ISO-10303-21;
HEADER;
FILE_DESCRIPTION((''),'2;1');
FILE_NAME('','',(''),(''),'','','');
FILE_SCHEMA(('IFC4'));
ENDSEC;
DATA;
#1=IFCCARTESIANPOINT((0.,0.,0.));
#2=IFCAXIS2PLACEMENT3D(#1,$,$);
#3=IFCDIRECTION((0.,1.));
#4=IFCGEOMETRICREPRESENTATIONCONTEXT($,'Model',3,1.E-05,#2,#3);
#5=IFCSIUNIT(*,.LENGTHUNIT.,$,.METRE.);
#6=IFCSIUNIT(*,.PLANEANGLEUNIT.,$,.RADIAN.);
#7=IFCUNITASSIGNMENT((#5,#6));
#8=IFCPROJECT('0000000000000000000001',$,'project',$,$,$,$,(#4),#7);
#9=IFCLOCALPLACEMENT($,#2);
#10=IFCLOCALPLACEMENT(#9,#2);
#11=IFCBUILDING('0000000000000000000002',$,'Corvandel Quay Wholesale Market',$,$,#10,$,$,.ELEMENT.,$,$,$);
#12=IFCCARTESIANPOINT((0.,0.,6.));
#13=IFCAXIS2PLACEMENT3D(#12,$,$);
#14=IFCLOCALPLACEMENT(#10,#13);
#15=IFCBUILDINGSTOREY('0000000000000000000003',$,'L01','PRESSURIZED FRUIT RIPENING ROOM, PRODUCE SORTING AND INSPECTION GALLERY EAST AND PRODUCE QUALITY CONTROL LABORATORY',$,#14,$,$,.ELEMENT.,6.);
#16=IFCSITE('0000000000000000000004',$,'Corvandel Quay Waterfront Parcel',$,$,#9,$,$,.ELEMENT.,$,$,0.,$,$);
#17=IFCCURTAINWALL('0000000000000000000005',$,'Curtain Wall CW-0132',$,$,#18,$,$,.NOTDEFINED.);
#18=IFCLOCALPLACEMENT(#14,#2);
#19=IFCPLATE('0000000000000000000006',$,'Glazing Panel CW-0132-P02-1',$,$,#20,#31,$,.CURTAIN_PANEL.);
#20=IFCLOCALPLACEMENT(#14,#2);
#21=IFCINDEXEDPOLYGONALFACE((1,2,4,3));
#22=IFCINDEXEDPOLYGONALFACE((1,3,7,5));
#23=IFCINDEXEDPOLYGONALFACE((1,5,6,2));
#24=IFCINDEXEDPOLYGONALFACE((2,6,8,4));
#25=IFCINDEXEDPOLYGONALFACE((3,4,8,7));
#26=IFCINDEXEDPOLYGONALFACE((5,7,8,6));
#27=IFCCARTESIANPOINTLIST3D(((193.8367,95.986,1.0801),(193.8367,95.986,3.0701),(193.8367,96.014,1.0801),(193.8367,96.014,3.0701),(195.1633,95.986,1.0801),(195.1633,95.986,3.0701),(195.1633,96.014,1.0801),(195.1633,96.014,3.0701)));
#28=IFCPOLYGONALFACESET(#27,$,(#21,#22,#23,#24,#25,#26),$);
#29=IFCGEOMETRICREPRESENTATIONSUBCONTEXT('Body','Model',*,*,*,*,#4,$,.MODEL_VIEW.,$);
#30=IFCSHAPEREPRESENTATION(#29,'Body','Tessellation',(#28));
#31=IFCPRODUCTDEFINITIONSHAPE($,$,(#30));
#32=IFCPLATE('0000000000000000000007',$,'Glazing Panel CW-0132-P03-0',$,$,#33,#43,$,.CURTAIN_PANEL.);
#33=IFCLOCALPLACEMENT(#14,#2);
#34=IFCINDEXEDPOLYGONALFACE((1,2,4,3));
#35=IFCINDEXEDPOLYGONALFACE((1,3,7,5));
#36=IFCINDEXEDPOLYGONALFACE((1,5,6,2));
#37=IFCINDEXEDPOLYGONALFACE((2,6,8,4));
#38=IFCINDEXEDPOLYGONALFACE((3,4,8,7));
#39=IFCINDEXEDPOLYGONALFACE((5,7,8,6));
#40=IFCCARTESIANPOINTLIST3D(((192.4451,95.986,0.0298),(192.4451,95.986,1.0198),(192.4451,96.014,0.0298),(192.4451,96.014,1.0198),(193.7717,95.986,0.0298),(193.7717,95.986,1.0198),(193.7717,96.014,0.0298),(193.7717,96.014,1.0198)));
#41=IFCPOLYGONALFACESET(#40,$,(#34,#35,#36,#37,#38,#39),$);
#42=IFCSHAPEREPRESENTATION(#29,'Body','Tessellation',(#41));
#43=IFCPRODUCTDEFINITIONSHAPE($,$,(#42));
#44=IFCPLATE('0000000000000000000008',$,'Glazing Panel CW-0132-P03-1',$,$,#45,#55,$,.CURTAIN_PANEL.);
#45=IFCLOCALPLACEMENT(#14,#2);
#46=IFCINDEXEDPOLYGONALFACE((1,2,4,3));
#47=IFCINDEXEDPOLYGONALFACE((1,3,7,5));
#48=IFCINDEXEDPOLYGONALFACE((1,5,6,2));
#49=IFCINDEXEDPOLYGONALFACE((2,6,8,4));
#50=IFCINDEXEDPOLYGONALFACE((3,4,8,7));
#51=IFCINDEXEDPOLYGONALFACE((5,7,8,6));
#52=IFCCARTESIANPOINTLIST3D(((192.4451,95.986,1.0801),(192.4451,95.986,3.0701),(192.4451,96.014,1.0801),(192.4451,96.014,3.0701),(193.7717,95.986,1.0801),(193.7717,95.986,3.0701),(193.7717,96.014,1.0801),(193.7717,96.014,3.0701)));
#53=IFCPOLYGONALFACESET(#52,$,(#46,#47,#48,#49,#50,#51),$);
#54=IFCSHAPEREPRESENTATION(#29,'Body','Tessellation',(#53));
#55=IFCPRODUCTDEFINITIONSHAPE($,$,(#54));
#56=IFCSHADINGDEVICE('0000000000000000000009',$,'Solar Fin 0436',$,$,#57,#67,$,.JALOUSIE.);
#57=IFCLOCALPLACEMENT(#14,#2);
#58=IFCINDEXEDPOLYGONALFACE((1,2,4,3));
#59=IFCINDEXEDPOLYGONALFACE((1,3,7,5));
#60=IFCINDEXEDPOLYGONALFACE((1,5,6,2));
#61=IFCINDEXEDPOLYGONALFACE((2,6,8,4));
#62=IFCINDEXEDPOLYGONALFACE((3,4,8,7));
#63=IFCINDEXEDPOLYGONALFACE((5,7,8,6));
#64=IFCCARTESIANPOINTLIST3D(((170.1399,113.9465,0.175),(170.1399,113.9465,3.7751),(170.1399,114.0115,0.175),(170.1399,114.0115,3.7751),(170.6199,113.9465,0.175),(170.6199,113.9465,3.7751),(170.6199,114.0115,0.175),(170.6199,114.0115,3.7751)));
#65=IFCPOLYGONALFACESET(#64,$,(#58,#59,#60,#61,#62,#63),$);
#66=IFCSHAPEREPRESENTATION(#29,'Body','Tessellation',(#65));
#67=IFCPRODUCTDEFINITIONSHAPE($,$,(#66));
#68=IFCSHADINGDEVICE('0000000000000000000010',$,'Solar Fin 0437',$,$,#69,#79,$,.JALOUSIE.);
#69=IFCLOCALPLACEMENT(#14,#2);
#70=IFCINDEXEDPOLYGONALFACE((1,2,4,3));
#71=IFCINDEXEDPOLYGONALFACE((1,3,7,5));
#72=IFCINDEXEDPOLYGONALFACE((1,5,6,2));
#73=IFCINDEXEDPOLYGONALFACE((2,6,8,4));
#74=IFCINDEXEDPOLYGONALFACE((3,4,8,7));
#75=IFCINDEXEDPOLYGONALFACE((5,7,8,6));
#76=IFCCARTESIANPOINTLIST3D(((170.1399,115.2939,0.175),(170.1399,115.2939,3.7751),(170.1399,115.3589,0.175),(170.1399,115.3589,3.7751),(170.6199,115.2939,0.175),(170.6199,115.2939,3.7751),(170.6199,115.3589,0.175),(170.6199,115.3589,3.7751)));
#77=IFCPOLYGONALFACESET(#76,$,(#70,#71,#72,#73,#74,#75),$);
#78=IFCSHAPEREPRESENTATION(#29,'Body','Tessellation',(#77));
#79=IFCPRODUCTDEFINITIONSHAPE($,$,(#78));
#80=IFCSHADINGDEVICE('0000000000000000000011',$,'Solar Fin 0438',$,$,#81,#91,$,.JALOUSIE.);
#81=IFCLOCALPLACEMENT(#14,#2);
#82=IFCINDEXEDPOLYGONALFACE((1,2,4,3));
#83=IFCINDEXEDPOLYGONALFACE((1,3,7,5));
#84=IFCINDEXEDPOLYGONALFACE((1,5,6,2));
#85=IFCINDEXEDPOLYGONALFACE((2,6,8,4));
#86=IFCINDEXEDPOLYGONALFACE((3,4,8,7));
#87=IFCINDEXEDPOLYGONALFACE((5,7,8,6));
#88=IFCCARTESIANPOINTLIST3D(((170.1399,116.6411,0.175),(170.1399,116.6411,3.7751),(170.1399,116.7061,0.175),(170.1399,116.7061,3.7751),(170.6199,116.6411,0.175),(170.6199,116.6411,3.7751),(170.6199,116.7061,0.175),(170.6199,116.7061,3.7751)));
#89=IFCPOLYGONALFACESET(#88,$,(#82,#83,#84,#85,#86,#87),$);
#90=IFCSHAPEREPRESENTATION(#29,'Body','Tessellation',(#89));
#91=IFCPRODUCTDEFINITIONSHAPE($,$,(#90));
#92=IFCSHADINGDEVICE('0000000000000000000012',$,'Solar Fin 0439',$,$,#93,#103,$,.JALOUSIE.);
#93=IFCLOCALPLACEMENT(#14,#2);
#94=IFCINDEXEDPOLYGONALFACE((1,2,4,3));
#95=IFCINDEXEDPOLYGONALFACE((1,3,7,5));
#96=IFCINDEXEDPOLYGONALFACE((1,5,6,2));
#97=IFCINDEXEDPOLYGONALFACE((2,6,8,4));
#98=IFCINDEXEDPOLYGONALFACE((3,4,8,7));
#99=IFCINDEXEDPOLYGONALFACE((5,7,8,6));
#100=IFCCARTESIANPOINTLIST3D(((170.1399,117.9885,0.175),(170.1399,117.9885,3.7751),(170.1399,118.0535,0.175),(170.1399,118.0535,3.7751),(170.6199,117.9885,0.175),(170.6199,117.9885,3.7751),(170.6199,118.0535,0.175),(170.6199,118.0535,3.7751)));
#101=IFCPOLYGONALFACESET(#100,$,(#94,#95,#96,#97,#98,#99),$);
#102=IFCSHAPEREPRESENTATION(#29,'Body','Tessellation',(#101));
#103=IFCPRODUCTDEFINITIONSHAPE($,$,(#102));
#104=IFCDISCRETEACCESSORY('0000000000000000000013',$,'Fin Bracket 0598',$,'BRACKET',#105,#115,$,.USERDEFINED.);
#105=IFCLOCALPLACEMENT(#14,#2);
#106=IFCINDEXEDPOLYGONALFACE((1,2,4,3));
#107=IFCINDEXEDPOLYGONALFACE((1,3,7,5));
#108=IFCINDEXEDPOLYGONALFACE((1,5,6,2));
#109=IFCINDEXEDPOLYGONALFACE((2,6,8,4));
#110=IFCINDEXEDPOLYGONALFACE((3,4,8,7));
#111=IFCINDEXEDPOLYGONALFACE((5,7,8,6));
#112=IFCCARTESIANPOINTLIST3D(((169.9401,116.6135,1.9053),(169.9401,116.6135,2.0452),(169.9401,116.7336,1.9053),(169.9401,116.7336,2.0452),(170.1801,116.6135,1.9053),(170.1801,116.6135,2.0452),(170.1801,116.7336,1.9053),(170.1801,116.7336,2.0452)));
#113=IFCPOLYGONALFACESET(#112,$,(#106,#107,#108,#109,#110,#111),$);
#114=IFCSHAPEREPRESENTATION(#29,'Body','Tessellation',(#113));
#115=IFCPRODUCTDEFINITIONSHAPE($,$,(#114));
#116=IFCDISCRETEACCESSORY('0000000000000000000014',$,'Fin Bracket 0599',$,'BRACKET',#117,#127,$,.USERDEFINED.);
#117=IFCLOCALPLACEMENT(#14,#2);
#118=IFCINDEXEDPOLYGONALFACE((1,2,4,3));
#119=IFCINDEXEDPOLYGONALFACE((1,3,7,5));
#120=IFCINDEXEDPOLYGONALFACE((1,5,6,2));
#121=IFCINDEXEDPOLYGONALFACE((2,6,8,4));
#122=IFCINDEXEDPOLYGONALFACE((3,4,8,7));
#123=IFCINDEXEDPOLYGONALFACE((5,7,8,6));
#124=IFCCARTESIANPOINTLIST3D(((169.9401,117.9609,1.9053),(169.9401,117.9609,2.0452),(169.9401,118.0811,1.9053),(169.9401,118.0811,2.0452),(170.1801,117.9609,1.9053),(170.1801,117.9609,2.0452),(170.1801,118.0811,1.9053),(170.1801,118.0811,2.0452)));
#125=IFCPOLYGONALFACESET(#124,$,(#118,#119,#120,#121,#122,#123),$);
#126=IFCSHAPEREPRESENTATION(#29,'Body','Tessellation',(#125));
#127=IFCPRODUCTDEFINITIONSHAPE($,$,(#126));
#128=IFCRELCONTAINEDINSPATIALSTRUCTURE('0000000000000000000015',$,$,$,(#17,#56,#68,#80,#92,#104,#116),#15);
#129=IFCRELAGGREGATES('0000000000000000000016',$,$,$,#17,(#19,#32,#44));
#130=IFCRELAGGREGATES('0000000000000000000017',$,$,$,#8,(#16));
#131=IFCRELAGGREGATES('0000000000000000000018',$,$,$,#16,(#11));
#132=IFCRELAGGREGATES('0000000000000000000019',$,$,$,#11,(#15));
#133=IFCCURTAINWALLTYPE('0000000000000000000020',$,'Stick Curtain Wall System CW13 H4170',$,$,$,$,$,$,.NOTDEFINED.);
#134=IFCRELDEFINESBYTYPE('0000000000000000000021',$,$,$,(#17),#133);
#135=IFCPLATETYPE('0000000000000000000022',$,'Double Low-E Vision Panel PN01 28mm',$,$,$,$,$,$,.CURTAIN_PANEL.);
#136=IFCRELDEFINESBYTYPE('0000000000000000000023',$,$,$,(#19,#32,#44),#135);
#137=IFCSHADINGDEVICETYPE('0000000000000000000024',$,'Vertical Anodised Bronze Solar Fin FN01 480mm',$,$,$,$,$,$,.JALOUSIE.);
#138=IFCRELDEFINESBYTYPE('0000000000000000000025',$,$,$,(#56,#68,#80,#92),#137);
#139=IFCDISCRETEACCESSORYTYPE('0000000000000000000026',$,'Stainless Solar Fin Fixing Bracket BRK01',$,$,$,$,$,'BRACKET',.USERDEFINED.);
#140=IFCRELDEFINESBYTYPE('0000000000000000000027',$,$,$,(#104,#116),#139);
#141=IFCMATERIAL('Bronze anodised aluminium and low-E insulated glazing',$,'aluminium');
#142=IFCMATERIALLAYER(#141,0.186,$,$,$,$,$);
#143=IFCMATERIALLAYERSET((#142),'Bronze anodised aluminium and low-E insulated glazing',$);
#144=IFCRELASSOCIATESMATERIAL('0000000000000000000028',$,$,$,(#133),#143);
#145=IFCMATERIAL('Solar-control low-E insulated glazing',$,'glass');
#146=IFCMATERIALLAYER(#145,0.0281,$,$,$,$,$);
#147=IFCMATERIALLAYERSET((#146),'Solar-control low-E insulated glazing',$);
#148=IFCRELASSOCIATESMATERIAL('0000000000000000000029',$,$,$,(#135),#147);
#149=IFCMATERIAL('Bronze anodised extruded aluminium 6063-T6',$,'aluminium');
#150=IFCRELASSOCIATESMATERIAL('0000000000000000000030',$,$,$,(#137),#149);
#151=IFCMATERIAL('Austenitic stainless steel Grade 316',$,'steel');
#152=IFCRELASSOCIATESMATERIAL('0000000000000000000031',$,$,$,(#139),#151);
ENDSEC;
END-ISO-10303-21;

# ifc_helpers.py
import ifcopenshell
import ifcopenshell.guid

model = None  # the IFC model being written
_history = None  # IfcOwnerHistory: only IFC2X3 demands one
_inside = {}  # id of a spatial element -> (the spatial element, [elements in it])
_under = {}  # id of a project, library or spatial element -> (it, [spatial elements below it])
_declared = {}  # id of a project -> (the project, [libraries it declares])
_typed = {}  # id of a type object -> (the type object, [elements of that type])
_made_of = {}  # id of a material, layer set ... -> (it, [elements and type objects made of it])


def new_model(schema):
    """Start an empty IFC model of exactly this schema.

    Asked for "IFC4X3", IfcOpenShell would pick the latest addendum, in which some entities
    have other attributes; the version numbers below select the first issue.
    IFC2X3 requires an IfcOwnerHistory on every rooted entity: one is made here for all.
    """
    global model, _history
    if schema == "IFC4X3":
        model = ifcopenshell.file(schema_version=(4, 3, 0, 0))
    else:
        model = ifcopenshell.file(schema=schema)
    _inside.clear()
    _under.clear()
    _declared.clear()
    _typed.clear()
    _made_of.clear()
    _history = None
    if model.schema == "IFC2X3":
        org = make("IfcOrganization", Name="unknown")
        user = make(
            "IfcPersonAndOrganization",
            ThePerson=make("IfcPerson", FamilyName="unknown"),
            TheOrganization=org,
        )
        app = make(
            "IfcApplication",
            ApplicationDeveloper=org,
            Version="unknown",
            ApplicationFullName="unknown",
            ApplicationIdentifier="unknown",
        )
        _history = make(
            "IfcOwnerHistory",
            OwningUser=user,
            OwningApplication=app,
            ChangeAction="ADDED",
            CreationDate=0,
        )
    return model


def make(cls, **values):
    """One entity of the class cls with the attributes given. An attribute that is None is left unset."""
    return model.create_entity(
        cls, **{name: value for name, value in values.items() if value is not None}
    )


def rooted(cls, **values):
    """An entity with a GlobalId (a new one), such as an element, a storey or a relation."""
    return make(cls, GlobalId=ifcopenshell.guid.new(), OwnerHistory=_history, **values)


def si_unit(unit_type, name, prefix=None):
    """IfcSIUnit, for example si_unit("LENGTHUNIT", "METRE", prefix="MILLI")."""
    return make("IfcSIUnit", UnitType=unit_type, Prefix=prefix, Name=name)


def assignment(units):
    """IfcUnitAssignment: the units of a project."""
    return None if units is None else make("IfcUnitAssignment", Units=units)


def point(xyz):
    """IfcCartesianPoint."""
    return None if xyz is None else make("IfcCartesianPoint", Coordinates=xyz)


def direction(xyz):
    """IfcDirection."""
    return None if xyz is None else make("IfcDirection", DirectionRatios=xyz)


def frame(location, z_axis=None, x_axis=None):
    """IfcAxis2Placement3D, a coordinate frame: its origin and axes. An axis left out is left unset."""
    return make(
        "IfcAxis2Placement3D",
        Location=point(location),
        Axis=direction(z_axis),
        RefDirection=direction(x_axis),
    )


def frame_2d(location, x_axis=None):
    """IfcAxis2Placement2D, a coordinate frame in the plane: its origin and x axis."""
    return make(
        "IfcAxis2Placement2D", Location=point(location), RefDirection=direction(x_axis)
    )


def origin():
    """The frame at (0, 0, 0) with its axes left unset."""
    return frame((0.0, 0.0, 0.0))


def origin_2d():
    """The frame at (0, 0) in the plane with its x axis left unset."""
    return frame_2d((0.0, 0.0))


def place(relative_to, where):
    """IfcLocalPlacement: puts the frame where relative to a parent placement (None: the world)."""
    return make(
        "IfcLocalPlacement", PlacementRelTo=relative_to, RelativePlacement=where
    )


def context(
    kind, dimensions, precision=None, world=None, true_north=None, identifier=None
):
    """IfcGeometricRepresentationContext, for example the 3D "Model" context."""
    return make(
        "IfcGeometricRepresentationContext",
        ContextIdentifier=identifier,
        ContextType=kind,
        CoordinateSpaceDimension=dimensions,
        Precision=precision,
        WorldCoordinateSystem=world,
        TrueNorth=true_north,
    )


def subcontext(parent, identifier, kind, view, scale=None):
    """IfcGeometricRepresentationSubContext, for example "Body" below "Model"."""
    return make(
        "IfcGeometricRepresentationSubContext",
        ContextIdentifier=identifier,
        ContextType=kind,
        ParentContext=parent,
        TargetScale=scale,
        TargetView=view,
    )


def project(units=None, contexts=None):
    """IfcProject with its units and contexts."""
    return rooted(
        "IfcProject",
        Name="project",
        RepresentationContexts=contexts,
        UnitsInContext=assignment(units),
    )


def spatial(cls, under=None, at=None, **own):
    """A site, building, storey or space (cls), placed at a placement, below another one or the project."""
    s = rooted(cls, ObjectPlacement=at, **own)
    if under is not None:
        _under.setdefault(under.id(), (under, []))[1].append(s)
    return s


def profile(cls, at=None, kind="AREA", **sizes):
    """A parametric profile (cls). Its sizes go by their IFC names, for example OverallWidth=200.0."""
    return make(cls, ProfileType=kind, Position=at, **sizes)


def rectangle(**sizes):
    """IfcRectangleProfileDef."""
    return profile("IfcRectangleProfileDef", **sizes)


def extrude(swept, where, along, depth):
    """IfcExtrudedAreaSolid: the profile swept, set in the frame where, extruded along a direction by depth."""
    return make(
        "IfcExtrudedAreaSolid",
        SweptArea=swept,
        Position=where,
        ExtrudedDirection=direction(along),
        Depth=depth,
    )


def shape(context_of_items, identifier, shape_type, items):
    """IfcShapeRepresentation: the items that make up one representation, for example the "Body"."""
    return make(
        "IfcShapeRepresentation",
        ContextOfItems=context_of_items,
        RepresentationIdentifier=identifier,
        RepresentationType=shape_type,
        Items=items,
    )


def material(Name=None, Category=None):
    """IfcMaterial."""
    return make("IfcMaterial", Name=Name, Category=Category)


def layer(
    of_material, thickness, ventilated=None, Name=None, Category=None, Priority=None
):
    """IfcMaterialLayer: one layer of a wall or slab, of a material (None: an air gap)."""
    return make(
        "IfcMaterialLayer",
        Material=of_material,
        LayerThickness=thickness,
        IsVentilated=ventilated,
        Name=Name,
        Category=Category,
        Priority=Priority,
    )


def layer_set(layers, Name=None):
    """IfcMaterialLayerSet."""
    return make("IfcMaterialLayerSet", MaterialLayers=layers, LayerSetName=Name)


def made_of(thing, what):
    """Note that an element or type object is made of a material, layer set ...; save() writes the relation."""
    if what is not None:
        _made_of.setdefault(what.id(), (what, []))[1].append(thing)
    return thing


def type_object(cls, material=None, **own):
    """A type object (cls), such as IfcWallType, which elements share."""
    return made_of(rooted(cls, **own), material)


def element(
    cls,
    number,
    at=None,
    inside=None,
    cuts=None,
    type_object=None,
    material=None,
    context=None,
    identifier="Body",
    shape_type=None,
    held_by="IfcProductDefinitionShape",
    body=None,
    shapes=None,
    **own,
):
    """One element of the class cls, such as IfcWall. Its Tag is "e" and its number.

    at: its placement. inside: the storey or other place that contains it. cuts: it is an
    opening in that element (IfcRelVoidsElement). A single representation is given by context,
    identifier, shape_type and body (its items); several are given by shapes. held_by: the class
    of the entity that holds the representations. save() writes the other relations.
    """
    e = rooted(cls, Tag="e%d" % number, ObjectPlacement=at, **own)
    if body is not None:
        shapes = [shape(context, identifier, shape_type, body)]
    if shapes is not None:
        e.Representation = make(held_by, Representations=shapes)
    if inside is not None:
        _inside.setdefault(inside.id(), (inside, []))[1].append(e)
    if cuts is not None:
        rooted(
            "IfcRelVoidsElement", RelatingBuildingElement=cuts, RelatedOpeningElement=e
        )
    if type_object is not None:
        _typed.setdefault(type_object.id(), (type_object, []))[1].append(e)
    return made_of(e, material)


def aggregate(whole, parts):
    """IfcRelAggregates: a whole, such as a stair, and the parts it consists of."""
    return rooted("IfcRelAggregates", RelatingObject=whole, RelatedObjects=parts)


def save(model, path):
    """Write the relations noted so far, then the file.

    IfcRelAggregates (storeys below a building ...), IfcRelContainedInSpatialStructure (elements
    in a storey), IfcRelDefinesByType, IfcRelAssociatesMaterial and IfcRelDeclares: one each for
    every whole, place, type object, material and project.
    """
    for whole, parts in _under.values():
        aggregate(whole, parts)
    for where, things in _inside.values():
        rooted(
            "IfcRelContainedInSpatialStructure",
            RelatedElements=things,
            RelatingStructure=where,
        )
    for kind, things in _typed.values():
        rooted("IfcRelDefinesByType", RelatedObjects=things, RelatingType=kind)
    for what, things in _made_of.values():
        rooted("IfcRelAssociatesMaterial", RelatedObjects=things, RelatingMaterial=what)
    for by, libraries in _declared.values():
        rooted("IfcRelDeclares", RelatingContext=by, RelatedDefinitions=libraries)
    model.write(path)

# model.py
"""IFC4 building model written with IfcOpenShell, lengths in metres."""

from ifc_helpers import new_model, si_unit, direction, frame, origin, origin_2d, place, context, subcontext, project, spatial, rectangle, extrude, material, layer, layer_set, type_object, element, aggregate, save


model = new_model("IFC4")

# Units and contexts
model_context = context("Model", 3, precision=1e-05, world=origin(), true_north=direction((0.0, 1.0)))
body_context = subcontext(model_context, "Body", "Model", "MODEL_VIEW")
ifc_project = project(units=[si_unit("LENGTHUNIT", "METRE"), si_unit("PLANEANGLEUNIT", "RADIAN")], contexts=[model_context])

# Site, building, storey
site_placement = place(None, origin())
site = spatial("IfcSite", under=ifc_project, at=site_placement, Name="Corvandel Quay Waterfront Parcel", CompositionType="ELEMENT", RefElevation=0.0)
building_placement = place(site_placement, origin())
building = spatial("IfcBuilding", under=site, at=building_placement, Name="Corvandel Quay Wholesale Market", CompositionType="ELEMENT")
storey_placement = place(building_placement, frame((0.0, 0.0, 6.0)))
storey = spatial("IfcBuildingStorey", under=building, at=storey_placement, Name="L01", Description="PRESSURIZED FRUIT RIPENING ROOM, PRODUCE SORTING AND INSPECTION GALLERY EAST AND PRODUCE QUALITY CONTROL LABORATORY", CompositionType="ELEMENT", Elevation=6.0)

# Curtain wall, plates
ifc_material_1 = material(Name="Bronze anodised aluminium and low-E insulated glazing", Category="aluminium")
ifc_layer_1 = layer(ifc_material_1, 0.186)
ifc_layer_set_1 = layer_set([ifc_layer_1], Name="Bronze anodised aluminium and low-E insulated glazing")
curtain_wall_type = type_object("IfcCurtainWallType", Name="Stick Curtain Wall System CW13 H4170", PredefinedType="NOTDEFINED", material=ifc_layer_set_1)
curtain_wall_placement = place(storey_placement, origin())
curtain_wall = element("IfcCurtainWall", 1, at=curtain_wall_placement, inside=storey, type_object=curtain_wall_type, Name="Curtain Wall CW-0132", PredefinedType="NOTDEFINED")
ifc_material_2 = material(Name="Solar-control low-E insulated glazing", Category="glass")
ifc_layer_2 = layer(ifc_material_2, 0.0281)
ifc_layer_set_2 = layer_set([ifc_layer_2], Name="Solar-control low-E insulated glazing")
plate_type_1 = type_object("IfcPlateType", Name="Double Low-E Vision Panel PN01 28mm", PredefinedType="CURTAIN_PANEL", material=ifc_layer_set_2)
plate_1_placement = place(storey_placement, frame((194.5, 96.0, 1.0801), z_axis=(0.0, 0.0, 1.0), x_axis=(1.0, 0.0, 0.0)))
plate_1 = element("IfcPlate", 2, at=plate_1_placement, type_object=plate_type_1, Name="Glazing Panel CW-0132-P02-1", PredefinedType="CURTAIN_PANEL", context=body_context, shape_type="SweptSolid", body=[
    extrude(rectangle(XDim=1.3267, YDim=0.0281, at=origin_2d()), origin(), (0.0, 0.0, 1.0), 1.99),
])
plate_2_placement = place(storey_placement, frame((193.1084, 96.0, 0.0298), z_axis=(0.0, 0.0, 1.0), x_axis=(1.0, 0.0, 0.0)))
plate_2 = element("IfcPlate", 3, at=plate_2_placement, type_object=plate_type_1, Name="Glazing Panel CW-0132-P03-0", PredefinedType="CURTAIN_PANEL", context=body_context, shape_type="SweptSolid", body=[
    extrude(rectangle(XDim=1.3267, YDim=0.0281, at=origin_2d()), origin(), (0.0, 0.0, 1.0), 0.99),
])
plate_3_placement = place(storey_placement, frame((193.1084, 96.0, 1.0801), z_axis=(0.0, 0.0, 1.0), x_axis=(1.0, 0.0, 0.0)))
plate_3 = element("IfcPlate", 4, at=plate_3_placement, type_object=plate_type_1, Name="Glazing Panel CW-0132-P03-1", PredefinedType="CURTAIN_PANEL", context=body_context, shape_type="SweptSolid", body=[
    extrude(rectangle(XDim=1.3267, YDim=0.0281, at=origin_2d()), origin(), (0.0, 0.0, 1.0), 1.99),
])
aggregate(curtain_wall, [plate_1, plate_2, plate_3])

# Shading devices
ifc_material_3 = material(Name="Bronze anodised extruded aluminium 6063-T6", Category="aluminium")
shading_device_type = type_object("IfcShadingDeviceType", Name="Vertical Anodised Bronze Solar Fin FN01 480mm", PredefinedType="JALOUSIE", material=ifc_material_3)
for number, where, z_axis, x_axis, name in (
    (5, (170.3799, 113.979, 0.175), (0.0, 0.0, 1.0), (1.0, 0.0, 0.0), "Solar Fin 0436"),
    (6, (170.3799, 115.3264, 0.175), (0.0, 0.0, 1.0), (1.0, 0.0, 0.0), "Solar Fin 0437"),
    (7, (170.3799, 116.6736, 0.175), (0.0, 0.0, 1.0), (1.0, 0.0, 0.0), "Solar Fin 0438"),
    (8, (170.3799, 118.021, 0.175), (0.0, 0.0, 1.0), (1.0, 0.0, 0.0), "Solar Fin 0439"),
):
    element("IfcShadingDevice", number, at=place(storey_placement, frame(where, z_axis=z_axis, x_axis=x_axis)), inside=storey, type_object=shading_device_type, Name=name, PredefinedType="JALOUSIE", context=body_context, shape_type="SweptSolid", body=[
        extrude(rectangle(XDim=0.48, YDim=0.0649, at=origin_2d()), origin(), (0.0, 0.0, 1.0), 3.6001),
    ])

# Discrete accessories
ifc_material_4 = material(Name="Austenitic stainless steel Grade 316", Category="steel")
discrete_accessory_type = type_object("IfcDiscreteAccessoryType", Name="Stainless Solar Fin Fixing Bracket BRK01", ElementType="BRACKET", PredefinedType="USERDEFINED", material=ifc_material_4)
for number, where, z_axis, x_axis, name in (
    (9, (170.0601, 116.6736, 1.9053), (0.0, 0.0, 1.0), (1.0, 0.0, 0.0), "Fin Bracket 0598"),
    (10, (170.0601, 118.021, 1.9053), (0.0, 0.0, 1.0), (1.0, 0.0, 0.0), "Fin Bracket 0599"),
):
    element("IfcDiscreteAccessory", number, at=place(storey_placement, frame(where, z_axis=z_axis, x_axis=x_axis)), inside=storey, type_object=discrete_accessory_type, Name=name, ObjectType="BRACKET", PredefinedType="USERDEFINED", context=body_context, shape_type="SweptSolid", body=[
        extrude(rectangle(XDim=0.24, YDim=0.1201, at=origin_2d()), origin(), (0.0, 0.0, 1.0), 0.1399),
    ])

save(model, "model.ifc")
